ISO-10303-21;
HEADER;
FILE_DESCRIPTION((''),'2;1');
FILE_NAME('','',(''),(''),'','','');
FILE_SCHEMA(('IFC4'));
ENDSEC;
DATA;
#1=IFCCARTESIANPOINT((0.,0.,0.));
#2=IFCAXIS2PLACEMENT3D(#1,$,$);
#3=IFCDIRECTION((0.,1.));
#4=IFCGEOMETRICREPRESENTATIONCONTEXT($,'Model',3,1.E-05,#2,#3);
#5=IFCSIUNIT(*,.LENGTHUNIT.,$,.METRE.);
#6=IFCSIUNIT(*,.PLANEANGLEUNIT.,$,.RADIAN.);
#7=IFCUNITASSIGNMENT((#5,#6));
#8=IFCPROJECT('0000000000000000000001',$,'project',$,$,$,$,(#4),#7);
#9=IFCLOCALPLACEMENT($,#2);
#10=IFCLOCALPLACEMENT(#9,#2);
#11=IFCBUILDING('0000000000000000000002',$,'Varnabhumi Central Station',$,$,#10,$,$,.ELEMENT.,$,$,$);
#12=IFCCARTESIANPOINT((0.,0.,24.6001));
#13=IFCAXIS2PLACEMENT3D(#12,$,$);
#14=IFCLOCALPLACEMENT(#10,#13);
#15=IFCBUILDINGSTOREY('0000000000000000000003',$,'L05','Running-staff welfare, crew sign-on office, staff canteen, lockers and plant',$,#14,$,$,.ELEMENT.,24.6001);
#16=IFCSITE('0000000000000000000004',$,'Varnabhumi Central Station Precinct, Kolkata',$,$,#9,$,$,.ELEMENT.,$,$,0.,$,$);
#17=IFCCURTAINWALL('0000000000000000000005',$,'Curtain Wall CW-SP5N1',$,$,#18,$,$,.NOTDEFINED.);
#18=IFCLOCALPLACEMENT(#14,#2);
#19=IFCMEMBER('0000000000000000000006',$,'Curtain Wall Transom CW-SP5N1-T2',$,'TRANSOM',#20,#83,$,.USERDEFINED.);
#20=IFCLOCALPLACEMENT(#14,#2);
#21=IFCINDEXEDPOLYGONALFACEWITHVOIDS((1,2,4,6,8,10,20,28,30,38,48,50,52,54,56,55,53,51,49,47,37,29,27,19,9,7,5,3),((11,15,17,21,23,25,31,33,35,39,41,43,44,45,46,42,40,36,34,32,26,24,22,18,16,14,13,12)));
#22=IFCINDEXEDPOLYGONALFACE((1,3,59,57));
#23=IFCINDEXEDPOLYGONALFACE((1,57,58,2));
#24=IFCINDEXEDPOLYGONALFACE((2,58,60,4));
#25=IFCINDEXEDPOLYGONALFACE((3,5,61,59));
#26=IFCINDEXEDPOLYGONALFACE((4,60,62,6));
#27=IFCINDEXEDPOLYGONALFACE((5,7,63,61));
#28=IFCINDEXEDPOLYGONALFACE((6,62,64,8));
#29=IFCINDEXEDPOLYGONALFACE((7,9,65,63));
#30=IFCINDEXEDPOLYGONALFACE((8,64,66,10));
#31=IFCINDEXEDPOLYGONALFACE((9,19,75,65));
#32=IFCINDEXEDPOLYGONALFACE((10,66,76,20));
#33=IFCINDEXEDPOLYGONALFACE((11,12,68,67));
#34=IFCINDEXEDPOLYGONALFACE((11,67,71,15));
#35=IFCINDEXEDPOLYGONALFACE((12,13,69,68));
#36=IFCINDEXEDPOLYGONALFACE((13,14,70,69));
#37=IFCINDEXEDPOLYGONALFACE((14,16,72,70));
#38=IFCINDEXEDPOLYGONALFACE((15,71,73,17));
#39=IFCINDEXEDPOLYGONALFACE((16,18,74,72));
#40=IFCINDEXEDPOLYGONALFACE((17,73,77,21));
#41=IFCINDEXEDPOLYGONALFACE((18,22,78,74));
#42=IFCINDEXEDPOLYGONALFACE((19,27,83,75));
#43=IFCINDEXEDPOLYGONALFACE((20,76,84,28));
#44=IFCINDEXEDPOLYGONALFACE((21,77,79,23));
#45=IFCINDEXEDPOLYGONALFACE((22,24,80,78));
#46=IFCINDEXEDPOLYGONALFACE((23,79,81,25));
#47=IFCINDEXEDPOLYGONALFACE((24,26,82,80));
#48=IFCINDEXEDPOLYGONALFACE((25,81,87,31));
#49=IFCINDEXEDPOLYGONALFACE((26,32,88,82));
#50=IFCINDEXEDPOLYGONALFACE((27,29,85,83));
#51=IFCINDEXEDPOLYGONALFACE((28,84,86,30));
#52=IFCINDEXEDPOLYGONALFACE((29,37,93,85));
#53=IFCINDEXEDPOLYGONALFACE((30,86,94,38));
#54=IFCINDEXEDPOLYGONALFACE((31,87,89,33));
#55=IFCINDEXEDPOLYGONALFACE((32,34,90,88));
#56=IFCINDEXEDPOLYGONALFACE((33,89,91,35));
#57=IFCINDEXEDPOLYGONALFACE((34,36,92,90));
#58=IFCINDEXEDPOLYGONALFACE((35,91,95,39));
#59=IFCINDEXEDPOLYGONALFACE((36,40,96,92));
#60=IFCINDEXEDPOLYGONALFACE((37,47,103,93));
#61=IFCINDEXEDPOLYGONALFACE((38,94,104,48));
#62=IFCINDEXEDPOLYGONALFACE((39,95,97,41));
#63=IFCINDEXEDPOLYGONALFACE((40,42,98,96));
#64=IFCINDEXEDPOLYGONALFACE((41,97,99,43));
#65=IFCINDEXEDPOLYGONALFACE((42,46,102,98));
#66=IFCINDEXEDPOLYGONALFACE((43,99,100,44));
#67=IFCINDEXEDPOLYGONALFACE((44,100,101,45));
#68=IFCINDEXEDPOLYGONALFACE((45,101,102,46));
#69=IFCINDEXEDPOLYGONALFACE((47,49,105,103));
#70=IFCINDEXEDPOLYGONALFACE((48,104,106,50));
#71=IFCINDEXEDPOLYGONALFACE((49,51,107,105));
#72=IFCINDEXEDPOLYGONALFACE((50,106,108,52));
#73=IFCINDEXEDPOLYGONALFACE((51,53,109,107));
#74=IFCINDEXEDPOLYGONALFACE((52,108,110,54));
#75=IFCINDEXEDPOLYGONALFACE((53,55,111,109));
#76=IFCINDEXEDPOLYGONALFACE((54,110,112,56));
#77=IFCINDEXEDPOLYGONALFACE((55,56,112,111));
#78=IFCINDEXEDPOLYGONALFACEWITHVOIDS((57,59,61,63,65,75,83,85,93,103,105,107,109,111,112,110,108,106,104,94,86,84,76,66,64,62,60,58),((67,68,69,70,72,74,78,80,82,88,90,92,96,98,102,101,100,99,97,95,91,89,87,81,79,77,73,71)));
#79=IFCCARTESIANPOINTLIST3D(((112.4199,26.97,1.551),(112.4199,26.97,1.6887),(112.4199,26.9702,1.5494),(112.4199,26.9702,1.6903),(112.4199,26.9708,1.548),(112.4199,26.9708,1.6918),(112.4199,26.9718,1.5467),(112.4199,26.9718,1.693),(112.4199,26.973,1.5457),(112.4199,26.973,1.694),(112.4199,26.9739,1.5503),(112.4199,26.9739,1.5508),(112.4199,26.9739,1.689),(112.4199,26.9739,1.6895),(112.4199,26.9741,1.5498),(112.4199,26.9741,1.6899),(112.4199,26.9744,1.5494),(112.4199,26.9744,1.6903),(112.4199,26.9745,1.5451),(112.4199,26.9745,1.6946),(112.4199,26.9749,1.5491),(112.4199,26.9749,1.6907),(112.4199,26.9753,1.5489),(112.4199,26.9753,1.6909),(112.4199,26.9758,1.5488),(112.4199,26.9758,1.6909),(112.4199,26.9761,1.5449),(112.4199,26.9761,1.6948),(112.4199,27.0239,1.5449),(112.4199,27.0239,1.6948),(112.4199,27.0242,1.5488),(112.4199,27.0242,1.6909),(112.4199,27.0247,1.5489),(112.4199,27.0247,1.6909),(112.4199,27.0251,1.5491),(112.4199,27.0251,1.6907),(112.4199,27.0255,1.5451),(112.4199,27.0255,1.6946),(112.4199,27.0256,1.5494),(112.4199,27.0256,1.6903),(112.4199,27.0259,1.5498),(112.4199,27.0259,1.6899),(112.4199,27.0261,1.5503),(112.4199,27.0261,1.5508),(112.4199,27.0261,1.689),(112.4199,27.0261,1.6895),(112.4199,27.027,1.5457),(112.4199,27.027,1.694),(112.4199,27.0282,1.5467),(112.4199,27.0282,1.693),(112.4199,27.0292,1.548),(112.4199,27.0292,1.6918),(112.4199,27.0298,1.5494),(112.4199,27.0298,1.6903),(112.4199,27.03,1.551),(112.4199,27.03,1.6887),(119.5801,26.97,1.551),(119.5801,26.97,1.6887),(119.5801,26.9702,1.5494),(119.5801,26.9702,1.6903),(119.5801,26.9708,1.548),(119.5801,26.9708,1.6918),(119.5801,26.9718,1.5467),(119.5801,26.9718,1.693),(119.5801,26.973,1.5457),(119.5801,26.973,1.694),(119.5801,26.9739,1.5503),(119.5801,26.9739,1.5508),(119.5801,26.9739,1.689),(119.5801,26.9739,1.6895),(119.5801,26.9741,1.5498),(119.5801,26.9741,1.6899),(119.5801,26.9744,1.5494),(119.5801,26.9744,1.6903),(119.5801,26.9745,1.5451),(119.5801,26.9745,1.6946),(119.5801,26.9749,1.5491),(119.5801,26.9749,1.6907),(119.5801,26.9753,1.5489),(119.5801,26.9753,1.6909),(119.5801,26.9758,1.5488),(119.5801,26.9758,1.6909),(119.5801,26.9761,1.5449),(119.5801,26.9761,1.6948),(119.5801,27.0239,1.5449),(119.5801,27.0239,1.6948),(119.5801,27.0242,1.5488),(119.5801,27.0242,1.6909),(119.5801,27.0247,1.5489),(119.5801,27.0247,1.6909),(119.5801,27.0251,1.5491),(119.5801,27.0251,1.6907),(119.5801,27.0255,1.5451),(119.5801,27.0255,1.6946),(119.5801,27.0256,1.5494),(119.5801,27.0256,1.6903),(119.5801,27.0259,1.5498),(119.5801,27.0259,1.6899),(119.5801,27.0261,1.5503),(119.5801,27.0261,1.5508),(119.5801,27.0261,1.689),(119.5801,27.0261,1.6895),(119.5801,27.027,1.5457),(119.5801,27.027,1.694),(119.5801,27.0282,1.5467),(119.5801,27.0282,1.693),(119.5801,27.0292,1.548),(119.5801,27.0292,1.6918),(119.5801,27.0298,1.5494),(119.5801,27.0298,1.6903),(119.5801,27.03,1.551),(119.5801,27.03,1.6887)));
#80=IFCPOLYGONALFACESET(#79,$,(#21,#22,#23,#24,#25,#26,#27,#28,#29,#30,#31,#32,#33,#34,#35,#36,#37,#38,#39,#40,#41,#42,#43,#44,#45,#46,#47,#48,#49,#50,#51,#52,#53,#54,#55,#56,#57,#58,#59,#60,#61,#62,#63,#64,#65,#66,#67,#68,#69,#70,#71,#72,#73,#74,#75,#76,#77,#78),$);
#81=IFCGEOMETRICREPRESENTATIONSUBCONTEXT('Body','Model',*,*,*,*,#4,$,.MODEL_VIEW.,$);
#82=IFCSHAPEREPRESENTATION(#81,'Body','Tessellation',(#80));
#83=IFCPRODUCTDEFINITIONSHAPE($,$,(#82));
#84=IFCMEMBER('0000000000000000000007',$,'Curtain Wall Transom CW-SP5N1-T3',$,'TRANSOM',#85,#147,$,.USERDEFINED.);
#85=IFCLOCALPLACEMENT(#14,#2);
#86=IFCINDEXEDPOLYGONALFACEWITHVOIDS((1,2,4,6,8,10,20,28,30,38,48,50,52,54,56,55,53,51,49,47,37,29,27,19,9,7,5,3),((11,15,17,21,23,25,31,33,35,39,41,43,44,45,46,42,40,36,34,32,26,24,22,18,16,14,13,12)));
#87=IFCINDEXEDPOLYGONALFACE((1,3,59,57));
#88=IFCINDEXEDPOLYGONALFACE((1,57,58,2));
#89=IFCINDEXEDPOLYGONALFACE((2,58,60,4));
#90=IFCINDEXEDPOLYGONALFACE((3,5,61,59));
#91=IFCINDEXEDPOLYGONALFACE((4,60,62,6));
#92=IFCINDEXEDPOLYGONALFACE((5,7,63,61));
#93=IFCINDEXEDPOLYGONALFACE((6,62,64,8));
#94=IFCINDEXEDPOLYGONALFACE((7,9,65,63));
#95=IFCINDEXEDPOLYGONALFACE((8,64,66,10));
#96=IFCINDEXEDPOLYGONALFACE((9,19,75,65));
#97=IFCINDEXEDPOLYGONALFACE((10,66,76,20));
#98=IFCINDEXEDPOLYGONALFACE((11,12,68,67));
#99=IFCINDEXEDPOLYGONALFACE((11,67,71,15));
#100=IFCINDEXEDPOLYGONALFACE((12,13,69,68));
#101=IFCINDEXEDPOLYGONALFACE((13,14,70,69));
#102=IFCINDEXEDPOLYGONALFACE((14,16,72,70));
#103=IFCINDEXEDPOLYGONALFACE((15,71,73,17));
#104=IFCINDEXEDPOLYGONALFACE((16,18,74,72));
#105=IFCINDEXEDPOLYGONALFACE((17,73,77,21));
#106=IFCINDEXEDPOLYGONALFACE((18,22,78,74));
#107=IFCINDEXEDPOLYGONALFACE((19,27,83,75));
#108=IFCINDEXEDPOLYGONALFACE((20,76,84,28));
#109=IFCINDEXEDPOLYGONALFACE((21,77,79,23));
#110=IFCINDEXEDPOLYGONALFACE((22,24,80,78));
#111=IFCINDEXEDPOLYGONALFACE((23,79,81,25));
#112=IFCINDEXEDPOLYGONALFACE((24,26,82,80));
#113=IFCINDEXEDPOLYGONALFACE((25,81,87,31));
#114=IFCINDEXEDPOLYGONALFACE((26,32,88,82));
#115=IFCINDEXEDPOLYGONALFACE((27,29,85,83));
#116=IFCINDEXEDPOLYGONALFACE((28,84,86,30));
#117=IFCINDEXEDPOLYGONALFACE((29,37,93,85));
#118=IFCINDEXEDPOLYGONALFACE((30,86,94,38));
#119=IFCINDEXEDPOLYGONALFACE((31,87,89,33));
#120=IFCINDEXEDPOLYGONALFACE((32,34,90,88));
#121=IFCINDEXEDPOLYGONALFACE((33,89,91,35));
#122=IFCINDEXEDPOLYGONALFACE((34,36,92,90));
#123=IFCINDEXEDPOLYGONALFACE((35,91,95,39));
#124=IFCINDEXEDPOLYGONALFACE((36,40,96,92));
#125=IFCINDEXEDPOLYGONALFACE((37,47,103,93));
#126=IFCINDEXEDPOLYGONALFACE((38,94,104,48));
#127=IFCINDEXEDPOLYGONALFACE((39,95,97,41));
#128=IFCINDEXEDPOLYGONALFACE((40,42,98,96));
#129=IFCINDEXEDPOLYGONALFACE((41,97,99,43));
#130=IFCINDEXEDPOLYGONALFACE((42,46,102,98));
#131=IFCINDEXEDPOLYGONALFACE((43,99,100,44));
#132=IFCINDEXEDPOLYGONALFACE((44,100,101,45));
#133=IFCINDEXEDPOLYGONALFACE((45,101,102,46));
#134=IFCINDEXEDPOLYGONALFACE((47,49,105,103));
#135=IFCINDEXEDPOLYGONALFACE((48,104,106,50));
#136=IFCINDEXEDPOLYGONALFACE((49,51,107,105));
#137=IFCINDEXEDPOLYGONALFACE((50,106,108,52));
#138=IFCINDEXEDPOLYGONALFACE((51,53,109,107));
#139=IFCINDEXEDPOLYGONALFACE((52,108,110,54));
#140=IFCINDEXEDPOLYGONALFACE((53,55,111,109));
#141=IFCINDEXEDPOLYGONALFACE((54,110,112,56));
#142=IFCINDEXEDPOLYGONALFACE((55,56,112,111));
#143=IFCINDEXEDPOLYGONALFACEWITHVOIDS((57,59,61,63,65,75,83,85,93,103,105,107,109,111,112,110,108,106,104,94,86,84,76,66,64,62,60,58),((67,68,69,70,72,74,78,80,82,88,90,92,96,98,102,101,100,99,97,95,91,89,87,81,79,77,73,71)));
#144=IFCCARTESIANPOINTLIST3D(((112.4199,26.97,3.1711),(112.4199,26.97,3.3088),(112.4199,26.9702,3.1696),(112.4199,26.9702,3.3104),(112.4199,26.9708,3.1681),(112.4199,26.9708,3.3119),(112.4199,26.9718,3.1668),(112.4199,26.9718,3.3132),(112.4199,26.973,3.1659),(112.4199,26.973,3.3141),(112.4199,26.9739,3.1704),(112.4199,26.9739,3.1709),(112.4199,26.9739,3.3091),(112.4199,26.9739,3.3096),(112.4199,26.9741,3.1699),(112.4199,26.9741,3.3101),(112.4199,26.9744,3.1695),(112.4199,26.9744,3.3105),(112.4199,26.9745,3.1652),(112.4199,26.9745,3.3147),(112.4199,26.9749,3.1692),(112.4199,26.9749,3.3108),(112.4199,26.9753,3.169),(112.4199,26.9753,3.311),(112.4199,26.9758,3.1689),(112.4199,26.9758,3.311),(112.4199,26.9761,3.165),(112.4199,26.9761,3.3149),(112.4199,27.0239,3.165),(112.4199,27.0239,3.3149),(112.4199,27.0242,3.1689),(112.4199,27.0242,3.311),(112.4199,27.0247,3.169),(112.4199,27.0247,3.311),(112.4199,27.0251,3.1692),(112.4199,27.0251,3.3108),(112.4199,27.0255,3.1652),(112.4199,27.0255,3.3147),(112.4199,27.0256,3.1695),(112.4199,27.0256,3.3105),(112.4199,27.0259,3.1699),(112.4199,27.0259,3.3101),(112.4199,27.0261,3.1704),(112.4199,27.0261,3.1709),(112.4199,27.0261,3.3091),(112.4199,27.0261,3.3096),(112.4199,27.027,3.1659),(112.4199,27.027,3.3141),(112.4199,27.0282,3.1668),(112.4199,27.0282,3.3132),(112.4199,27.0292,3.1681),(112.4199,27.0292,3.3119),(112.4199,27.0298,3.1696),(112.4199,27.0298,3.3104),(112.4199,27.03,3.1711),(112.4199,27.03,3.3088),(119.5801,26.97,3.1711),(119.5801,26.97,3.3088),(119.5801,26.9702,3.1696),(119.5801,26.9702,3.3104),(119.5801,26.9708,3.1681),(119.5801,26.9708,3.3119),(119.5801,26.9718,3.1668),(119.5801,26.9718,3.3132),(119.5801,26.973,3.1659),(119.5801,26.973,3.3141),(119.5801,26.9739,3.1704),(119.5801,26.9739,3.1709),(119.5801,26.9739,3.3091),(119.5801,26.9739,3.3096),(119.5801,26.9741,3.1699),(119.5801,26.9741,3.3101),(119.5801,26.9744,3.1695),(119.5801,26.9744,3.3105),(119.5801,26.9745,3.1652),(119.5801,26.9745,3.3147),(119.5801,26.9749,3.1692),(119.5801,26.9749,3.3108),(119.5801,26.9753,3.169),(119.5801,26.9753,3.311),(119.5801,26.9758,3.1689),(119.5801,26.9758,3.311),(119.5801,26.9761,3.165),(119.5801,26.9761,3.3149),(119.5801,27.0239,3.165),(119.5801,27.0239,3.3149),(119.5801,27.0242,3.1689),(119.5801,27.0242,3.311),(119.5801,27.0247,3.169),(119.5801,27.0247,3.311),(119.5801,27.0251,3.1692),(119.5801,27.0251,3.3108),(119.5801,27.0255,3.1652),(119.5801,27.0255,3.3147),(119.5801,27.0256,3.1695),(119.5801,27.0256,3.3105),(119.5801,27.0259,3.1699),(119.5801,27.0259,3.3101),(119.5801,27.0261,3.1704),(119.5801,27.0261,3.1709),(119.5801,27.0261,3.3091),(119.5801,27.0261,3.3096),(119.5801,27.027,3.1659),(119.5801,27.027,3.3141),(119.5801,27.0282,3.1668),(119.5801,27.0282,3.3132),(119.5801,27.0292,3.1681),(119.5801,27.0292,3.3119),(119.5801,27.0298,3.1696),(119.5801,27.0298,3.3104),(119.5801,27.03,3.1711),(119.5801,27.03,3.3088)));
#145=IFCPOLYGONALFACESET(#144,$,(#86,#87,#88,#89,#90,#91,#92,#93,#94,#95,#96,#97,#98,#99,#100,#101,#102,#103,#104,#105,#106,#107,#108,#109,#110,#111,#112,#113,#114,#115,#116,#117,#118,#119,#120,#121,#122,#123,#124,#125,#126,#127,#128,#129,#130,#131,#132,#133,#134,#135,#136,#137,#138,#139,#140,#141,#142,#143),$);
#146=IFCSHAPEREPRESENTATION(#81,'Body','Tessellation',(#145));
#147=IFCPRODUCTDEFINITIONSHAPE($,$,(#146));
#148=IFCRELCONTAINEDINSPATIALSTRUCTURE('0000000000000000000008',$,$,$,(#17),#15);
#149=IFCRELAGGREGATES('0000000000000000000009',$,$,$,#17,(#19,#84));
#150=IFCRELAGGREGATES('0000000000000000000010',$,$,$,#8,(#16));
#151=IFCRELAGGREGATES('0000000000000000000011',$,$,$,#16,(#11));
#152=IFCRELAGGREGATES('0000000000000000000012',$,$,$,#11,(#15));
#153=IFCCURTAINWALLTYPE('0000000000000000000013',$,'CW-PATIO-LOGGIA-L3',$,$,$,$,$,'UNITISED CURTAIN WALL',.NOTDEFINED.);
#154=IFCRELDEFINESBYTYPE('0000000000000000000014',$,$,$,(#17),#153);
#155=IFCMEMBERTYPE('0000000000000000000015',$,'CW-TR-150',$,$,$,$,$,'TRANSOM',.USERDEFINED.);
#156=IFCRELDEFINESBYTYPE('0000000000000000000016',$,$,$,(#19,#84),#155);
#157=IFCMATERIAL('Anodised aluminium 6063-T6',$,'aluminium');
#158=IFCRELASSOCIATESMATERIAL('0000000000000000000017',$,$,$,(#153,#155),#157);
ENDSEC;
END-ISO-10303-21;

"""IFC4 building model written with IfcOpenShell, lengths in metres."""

from ifc_helpers import new_model, si_unit, direction, frame, origin, origin_2d, place, context, subcontext, project, spatial, hollow_rectangle, extrude, material, material_profile, profile_set, type_object, element, aggregate, save


model = new_model("IFC4")

# Units and contexts
model_context = context("Model", 3, precision=1e-05, world=origin(), true_north=direction((0.0, 1.0)))
body_context = subcontext(model_context, "Body", "Model", "MODEL_VIEW")
ifc_project = project(units=[si_unit("LENGTHUNIT", "METRE"), si_unit("PLANEANGLEUNIT", "RADIAN")], contexts=[model_context])

# Site, building, storey
site_placement = place(None, origin())
site = spatial("IfcSite", under=ifc_project, at=site_placement, Name="Varnabhumi Central Station Precinct, Kolkata", CompositionType="ELEMENT", RefElevation=0.0)
building_placement = place(site_placement, origin())
building = spatial("IfcBuilding", under=site, at=building_placement, Name="Varnabhumi Central Station", CompositionType="ELEMENT")
storey_placement = place(building_placement, frame((0.0, 0.0, 24.6001)))
storey = spatial("IfcBuildingStorey", under=building, at=storey_placement, Name="L05", Description="Running-staff welfare, crew sign-on office, staff canteen, lockers and plant", CompositionType="ELEMENT", Elevation=24.6001)

# Curtain wall, members
ifc_material_1 = material(Name="Anodised aluminium 6063-T6", Category="aluminium")
curtain_wall_type = type_object("IfcCurtainWallType", Name="CW-PATIO-LOGGIA-L3", ElementType="UNITISED CURTAIN WALL", PredefinedType="NOTDEFINED", material=ifc_material_1)
curtain_wall_1_placement = place(storey_placement, origin())
curtain_wall_1 = element("IfcCurtainWall", 1, at=curtain_wall_1_placement, inside=storey, type_object=curtain_wall_type, Name="Curtain Wall CW-SP5N1", PredefinedType="NOTDEFINED")
ifc_material_profile_1 = material_profile(ifc_material_1, hollow_rectangle(XDim=0.0601, YDim=0.1499, WallThickness=0.0039, InnerFilletRadius=0.002, OuterFilletRadius=0.0061, at=origin_2d()), Name="Anodised aluminium 6063-T6", Category="aluminium")
ifc_profile_set_1 = profile_set([ifc_material_profile_1], Name="Anodised aluminium 6063-T6")
member_type_1 = type_object("IfcMemberType", Name="CW-TR-150", ElementType="TRANSOM", PredefinedType="USERDEFINED", material=ifc_profile_set_1)
member_1_placement = place(storey_placement, frame((112.4199, 27.0, 1.6199), z_axis=(1.0, 0.0, 0.0), x_axis=(0.0, 1.0, 0.0)))
member_1 = element("IfcMember", 2, at=member_1_placement, type_object=member_type_1, Name="Curtain Wall Transom CW-SP5N1-T2", ObjectType="TRANSOM", PredefinedType="USERDEFINED", context=body_context, shape_type="SweptSolid", body=[
    extrude(hollow_rectangle(XDim=0.0601, YDim=0.1499, WallThickness=0.0039, InnerFilletRadius=0.002, OuterFilletRadius=0.0061, at=origin_2d()), origin(), (0.0, 0.0, 1.0), 7.1602),
])
member_2_placement = place(storey_placement, frame((112.4199, 27.0, 3.24), z_axis=(1.0, 0.0, 0.0), x_axis=(0.0, 1.0, 0.0)))
member_2 = element("IfcMember", 3, at=member_2_placement, type_object=member_type_1, Name="Curtain Wall Transom CW-SP5N1-T3", ObjectType="TRANSOM", PredefinedType="USERDEFINED", context=body_context, shape_type="SweptSolid", body=[
    extrude(hollow_rectangle(XDim=0.0601, YDim=0.1499, WallThickness=0.0039, InnerFilletRadius=0.002, OuterFilletRadius=0.0061, at=origin_2d()), origin(), (0.0, 0.0, 1.0), 7.1602),
])

aggregate(curtain_wall_1, [member_1, member_2])

save(model, "model.ifc")
